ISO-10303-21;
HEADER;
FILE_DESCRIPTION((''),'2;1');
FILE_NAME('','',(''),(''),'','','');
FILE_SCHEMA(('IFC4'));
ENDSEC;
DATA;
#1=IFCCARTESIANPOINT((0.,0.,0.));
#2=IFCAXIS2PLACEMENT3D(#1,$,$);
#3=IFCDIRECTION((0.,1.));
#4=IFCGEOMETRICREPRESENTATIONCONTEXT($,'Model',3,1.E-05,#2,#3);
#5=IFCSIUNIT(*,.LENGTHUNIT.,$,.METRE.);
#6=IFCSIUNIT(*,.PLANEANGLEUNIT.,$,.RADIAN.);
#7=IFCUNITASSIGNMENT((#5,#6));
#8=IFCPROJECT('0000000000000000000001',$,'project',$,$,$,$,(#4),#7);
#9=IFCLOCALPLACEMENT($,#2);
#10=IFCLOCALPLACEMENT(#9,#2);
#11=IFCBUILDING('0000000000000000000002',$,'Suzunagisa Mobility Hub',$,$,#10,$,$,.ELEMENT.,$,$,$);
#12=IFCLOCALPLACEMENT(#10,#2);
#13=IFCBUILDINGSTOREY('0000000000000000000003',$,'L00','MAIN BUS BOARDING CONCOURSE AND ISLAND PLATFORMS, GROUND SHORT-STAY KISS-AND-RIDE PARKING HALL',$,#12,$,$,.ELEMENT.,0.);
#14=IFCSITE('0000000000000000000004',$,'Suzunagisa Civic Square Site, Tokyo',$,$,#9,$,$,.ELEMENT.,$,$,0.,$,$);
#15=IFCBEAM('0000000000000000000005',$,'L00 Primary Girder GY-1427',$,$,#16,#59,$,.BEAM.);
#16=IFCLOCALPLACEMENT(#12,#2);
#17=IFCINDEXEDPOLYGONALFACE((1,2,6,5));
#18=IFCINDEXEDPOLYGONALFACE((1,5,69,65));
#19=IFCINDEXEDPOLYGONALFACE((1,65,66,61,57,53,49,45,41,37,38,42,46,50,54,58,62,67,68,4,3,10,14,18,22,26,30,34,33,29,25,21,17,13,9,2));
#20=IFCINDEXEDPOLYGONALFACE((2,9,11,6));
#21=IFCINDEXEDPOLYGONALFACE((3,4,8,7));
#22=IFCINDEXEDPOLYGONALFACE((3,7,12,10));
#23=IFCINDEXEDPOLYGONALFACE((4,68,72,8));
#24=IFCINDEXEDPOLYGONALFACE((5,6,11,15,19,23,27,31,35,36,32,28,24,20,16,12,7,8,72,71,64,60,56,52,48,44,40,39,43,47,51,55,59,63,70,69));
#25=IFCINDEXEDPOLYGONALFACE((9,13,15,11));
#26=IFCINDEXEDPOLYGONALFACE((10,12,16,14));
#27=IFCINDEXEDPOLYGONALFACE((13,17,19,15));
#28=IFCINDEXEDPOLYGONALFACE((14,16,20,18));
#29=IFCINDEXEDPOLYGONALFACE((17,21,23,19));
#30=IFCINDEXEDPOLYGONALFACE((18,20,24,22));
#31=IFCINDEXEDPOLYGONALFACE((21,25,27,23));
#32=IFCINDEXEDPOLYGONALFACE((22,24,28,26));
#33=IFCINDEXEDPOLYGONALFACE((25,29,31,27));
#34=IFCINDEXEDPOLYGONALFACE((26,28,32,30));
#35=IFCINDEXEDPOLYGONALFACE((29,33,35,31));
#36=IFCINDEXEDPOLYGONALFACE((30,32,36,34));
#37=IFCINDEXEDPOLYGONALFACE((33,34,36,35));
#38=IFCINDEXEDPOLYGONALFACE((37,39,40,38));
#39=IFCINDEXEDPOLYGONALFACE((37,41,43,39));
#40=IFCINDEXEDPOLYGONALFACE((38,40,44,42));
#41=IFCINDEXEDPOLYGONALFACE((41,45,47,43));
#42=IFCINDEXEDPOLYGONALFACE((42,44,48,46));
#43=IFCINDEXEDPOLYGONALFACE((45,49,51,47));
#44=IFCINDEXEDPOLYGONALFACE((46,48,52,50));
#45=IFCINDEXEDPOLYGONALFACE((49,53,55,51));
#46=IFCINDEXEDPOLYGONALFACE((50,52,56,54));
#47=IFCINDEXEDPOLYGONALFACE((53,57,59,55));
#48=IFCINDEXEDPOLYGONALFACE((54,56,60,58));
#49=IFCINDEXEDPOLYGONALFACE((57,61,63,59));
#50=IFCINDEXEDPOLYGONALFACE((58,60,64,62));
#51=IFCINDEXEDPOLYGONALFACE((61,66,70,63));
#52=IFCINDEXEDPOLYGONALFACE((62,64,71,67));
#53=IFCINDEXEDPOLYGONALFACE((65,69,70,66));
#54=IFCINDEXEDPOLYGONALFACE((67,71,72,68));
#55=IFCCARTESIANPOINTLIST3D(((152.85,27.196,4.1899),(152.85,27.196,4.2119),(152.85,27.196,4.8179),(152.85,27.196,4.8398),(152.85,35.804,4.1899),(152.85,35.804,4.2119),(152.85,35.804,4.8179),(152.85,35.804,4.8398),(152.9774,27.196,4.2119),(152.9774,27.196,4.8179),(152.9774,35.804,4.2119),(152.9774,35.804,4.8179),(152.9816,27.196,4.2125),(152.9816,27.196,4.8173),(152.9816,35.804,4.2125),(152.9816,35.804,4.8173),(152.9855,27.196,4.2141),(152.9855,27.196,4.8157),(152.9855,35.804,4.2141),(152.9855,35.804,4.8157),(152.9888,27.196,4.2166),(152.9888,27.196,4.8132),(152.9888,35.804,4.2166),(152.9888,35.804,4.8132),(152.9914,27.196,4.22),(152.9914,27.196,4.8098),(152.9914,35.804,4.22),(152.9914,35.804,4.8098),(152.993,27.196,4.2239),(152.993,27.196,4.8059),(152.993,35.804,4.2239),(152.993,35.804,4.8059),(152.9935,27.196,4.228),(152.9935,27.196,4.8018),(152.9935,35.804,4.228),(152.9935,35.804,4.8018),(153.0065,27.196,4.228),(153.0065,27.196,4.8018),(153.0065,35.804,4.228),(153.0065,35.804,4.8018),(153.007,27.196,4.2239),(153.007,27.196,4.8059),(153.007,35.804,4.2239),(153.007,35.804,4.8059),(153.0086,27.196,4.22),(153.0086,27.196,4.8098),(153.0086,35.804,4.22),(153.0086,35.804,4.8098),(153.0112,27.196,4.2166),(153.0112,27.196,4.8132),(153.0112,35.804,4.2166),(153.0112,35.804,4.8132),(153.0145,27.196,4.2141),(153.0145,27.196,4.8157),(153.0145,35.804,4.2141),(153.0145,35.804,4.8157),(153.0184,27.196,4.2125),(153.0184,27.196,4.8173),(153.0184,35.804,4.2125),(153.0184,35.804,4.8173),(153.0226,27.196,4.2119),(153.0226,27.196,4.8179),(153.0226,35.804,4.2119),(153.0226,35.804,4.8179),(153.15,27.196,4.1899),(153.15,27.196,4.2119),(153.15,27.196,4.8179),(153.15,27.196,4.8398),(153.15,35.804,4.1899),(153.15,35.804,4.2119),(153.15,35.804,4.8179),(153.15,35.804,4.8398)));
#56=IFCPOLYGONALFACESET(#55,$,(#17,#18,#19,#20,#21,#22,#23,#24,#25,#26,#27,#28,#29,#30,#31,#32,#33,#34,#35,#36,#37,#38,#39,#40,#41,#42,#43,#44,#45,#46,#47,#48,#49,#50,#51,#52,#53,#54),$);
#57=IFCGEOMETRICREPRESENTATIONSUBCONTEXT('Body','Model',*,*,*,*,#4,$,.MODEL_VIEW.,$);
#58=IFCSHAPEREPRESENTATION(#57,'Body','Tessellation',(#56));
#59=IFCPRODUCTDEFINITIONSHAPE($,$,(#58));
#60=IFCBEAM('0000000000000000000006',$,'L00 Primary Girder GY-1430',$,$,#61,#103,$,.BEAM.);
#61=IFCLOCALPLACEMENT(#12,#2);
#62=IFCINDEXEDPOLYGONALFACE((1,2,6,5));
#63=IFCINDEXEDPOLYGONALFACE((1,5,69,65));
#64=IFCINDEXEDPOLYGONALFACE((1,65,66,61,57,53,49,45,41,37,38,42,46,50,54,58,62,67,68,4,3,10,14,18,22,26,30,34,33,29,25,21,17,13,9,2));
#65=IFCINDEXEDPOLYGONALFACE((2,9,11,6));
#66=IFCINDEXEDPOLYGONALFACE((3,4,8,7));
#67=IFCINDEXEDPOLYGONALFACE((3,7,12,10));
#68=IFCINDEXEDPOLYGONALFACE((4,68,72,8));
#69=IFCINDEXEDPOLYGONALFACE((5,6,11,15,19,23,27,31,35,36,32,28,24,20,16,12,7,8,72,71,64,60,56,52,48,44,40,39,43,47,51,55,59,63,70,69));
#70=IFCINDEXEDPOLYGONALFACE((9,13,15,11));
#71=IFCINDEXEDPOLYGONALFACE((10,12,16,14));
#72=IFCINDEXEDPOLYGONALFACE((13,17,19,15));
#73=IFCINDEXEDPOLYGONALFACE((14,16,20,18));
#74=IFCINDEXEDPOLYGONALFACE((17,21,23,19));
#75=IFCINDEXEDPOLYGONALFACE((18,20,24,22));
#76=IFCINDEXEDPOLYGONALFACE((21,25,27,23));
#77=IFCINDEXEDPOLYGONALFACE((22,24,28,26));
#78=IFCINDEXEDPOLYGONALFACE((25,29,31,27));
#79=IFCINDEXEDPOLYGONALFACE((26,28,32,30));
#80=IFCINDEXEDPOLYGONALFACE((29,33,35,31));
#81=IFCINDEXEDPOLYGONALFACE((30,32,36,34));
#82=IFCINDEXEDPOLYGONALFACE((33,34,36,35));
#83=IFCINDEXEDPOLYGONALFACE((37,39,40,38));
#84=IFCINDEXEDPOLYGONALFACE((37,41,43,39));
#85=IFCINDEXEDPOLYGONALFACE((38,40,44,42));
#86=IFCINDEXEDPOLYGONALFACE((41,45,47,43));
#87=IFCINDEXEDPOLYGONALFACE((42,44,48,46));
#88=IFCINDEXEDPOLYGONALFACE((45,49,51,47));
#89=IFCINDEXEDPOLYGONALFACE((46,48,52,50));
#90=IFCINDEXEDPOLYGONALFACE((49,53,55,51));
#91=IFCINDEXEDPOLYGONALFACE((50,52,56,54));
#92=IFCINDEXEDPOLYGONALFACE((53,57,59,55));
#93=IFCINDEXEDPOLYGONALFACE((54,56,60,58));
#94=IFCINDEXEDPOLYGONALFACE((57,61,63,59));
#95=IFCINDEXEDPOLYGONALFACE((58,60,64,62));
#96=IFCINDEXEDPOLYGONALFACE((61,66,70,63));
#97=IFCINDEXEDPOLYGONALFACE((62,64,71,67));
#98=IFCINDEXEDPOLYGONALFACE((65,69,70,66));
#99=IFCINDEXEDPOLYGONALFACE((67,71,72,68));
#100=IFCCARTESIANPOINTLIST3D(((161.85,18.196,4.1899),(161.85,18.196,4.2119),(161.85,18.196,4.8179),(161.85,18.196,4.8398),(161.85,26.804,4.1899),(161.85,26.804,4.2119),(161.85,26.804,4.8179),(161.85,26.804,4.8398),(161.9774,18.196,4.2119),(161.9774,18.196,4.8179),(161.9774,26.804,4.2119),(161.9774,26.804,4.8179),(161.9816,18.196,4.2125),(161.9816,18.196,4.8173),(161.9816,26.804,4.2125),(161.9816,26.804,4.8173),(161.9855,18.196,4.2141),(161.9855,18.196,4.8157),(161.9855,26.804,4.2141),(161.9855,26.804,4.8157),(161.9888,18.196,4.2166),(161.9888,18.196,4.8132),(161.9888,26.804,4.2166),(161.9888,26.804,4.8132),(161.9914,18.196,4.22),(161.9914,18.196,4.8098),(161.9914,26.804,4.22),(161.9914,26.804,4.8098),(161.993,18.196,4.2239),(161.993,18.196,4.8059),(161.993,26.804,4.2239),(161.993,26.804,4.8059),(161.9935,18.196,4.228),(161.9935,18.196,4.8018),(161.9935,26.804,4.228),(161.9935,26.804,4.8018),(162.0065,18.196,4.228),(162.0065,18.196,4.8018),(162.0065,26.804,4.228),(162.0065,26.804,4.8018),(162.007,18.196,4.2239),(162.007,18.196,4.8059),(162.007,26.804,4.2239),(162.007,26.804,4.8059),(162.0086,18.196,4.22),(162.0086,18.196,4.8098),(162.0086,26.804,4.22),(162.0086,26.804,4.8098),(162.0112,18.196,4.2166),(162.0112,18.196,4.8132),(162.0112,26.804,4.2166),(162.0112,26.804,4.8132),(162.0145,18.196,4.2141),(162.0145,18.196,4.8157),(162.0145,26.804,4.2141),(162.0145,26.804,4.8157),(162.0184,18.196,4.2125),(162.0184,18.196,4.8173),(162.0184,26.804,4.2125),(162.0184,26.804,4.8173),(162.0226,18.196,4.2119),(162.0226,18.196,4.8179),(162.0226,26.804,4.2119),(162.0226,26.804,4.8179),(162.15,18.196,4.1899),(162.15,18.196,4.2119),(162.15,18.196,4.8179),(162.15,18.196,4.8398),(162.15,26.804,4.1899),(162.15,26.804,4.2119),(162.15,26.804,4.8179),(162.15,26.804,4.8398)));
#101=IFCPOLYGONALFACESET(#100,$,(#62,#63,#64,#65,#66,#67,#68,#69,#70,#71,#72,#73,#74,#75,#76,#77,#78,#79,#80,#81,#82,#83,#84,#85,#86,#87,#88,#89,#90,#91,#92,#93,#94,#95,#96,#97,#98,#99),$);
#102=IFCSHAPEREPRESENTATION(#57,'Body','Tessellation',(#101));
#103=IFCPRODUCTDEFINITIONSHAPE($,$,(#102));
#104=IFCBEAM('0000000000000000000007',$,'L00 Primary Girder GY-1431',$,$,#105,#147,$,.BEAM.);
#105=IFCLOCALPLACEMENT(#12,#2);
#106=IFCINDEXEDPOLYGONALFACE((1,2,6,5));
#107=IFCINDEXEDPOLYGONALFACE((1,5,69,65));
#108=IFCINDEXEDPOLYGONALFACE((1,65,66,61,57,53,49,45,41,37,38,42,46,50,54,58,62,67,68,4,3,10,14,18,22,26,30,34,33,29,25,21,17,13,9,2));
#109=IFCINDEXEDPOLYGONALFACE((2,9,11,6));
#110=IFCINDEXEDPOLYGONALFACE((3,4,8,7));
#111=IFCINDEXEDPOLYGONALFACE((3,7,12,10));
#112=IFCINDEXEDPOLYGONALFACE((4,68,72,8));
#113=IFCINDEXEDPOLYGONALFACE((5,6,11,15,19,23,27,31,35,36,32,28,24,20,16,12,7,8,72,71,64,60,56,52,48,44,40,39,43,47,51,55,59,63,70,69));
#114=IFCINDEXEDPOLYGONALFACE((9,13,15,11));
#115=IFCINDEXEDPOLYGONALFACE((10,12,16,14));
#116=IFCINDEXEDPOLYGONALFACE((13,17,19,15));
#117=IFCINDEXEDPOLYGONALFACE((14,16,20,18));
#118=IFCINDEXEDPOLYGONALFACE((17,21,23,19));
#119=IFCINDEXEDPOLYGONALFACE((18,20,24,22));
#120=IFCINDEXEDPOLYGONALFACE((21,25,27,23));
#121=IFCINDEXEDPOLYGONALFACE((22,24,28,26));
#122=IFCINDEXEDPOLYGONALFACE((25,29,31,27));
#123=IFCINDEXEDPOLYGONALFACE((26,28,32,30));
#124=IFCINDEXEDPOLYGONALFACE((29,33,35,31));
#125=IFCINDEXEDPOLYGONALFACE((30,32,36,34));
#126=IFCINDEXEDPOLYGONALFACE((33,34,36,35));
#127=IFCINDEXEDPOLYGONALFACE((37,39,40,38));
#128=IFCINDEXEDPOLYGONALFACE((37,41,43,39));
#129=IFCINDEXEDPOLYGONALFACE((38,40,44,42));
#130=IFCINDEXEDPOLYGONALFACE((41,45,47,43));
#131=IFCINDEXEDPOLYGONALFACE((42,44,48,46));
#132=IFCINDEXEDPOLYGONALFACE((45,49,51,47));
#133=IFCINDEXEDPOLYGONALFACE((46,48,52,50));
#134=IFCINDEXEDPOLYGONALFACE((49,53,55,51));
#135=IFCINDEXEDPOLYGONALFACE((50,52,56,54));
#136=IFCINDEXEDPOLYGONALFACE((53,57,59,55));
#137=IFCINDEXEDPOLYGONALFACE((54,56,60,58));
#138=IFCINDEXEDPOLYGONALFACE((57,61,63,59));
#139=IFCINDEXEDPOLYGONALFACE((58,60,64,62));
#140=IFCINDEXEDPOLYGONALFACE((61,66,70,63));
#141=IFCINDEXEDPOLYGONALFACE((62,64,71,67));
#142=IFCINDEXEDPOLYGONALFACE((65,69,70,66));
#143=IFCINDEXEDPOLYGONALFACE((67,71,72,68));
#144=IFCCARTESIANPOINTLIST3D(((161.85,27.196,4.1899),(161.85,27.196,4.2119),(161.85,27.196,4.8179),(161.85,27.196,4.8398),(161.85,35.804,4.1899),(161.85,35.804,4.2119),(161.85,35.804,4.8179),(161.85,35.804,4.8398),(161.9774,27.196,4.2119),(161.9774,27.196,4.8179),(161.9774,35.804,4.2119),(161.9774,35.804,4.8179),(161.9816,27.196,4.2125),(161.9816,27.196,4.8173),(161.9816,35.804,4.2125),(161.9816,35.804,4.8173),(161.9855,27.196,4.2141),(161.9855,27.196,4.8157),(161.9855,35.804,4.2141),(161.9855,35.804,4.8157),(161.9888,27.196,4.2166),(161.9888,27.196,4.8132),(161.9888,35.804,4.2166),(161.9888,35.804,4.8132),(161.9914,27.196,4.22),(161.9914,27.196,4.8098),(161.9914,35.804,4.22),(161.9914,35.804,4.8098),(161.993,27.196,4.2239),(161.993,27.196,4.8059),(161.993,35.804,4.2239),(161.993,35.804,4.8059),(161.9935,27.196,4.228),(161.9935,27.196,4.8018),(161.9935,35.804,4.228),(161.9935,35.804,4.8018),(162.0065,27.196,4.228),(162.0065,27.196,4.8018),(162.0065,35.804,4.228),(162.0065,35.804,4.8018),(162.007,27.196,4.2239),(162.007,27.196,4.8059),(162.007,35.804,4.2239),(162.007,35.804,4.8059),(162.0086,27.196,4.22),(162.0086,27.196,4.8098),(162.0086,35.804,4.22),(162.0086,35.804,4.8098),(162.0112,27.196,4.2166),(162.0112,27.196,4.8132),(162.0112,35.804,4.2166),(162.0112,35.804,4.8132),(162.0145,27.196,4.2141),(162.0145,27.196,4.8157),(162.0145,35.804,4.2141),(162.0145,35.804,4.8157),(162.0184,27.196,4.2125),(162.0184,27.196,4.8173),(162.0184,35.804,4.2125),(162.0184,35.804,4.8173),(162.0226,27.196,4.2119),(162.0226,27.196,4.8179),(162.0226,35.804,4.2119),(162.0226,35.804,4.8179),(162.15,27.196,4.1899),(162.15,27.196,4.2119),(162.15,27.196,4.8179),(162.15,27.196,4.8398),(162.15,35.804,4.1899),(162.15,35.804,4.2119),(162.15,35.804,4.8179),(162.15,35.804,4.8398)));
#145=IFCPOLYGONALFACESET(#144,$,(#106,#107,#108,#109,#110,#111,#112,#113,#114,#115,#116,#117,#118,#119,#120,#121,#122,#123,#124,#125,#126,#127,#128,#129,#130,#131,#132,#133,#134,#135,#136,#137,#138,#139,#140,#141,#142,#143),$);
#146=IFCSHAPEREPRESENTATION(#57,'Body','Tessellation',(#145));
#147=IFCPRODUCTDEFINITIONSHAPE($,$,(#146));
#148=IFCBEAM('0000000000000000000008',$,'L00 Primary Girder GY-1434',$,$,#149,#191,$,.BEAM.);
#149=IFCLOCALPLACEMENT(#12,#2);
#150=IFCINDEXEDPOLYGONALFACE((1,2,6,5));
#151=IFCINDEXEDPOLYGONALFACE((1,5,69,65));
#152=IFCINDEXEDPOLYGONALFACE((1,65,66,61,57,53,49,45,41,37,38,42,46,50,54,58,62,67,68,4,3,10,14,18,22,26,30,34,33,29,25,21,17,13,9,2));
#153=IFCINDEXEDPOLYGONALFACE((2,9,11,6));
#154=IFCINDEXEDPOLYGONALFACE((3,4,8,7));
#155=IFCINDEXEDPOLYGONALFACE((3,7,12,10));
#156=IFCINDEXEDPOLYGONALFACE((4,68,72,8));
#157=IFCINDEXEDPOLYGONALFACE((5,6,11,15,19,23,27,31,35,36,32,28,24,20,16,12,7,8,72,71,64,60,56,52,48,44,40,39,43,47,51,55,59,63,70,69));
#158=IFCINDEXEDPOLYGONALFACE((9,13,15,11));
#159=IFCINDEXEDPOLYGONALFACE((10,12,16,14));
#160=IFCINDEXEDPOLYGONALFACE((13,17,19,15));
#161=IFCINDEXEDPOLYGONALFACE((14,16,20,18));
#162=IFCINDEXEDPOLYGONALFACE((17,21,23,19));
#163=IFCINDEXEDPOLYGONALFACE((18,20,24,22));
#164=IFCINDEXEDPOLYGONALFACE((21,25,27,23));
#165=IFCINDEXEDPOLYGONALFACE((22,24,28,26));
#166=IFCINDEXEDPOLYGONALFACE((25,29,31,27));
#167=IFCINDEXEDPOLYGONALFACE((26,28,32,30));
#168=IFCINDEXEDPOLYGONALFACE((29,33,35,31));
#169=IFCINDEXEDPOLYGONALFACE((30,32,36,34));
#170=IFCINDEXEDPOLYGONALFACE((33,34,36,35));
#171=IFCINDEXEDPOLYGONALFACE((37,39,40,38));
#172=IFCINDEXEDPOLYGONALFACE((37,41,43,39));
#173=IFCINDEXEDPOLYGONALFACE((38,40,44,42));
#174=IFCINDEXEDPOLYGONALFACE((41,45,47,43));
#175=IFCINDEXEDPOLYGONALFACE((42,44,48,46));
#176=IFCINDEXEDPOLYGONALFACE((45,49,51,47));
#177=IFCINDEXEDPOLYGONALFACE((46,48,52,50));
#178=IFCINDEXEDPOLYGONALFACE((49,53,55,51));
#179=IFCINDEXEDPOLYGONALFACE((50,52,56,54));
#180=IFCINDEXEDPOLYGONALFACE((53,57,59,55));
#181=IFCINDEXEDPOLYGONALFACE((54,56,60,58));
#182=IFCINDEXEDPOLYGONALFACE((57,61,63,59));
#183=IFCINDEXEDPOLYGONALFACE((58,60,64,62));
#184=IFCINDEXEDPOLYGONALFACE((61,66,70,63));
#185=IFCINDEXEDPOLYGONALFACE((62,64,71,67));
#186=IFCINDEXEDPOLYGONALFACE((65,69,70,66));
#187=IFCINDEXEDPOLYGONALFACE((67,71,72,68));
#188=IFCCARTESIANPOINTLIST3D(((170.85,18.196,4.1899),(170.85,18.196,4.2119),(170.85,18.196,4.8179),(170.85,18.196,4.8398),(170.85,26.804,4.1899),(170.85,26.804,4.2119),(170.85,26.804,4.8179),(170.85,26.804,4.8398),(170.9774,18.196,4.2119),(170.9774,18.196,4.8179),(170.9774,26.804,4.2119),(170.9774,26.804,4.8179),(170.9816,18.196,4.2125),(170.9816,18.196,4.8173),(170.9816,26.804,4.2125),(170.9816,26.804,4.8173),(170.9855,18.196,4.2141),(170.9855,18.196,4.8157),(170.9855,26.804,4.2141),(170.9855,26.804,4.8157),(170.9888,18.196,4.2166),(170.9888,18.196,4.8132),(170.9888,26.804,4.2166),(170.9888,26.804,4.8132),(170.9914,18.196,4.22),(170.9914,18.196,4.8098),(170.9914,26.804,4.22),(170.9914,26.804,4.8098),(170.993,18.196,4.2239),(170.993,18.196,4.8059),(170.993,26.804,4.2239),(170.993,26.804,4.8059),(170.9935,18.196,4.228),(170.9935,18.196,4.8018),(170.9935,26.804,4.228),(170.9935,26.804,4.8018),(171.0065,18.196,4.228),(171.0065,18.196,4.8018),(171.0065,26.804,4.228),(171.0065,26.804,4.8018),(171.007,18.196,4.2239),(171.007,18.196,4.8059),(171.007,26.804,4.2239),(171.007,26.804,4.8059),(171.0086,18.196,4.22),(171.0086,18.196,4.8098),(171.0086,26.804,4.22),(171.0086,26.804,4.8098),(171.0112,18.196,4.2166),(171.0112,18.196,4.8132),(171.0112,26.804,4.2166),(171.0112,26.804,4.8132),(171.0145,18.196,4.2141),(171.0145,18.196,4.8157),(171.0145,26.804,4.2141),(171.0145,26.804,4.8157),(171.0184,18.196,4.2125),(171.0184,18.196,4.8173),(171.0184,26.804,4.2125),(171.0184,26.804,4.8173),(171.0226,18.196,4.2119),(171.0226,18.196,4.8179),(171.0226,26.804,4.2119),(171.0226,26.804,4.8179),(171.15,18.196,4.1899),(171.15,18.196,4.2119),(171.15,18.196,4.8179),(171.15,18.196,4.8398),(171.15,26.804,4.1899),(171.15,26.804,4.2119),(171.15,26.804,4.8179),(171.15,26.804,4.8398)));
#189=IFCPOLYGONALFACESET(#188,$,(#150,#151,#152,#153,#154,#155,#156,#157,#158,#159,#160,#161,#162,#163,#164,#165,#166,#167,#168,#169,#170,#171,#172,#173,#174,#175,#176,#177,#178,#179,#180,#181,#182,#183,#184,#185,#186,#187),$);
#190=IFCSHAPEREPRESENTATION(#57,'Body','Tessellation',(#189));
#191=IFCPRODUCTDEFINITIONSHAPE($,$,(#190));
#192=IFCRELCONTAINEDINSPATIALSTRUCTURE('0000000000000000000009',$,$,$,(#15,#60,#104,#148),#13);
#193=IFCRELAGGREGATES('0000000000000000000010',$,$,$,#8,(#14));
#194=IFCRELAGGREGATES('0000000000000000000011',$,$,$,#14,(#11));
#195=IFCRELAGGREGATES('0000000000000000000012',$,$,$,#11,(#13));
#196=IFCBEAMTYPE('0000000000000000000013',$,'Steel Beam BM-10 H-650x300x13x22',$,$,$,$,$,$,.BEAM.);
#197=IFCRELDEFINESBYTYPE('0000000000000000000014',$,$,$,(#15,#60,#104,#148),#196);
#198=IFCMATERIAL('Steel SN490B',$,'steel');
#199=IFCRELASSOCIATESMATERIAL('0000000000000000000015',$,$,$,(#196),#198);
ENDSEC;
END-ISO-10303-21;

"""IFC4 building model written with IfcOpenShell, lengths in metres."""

from ifc_helpers import new_model, si_unit, direction, frame, origin, origin_2d, place, context, subcontext, project, spatial, i_section, extrude, material, material_profile, profile_set, type_object, element, save


model = new_model("IFC4")

# Units and contexts
model_context = context("Model", 3, precision=1e-05, world=origin(), true_north=direction((0.0, 1.0)))
body_context = subcontext(model_context, "Body", "Model", "MODEL_VIEW")
ifc_project = project(units=[si_unit("LENGTHUNIT", "METRE"), si_unit("PLANEANGLEUNIT", "RADIAN")], contexts=[model_context])

# Site, building, storey
site_placement = place(None, origin())
site = spatial("IfcSite", under=ifc_project, at=site_placement, Name="Suzunagisa Civic Square Site, Tokyo", CompositionType="ELEMENT", RefElevation=0.0)
building_placement = place(site_placement, origin())
building = spatial("IfcBuilding", under=site, at=building_placement, Name="Suzunagisa Mobility Hub", CompositionType="ELEMENT")
storey_placement = place(building_placement, origin())
storey = spatial("IfcBuildingStorey", under=building, at=storey_placement, Name="L00", Description="MAIN BUS BOARDING CONCOURSE AND ISLAND PLATFORMS, GROUND SHORT-STAY KISS-AND-RIDE PARKING HALL", CompositionType="ELEMENT", Elevation=0.0)

# Shared definitions
ifc_material_1 = material(Name="Steel SN490B", Category="steel")

# Beams
ifc_material_profile_1 = material_profile(ifc_material_1, i_section(OverallWidth=0.3, OverallDepth=0.6499, WebThickness=0.0129, FlangeThickness=0.022, FilletRadius=0.0161, at=origin_2d()), Name="H-650x300x13x22")
ifc_profile_set_1 = profile_set([ifc_material_profile_1], Name="Steel SN490B")
beam_type_1 = type_object("IfcBeamType", Name="Steel Beam BM-10 H-650x300x13x22", PredefinedType="BEAM", material=ifc_profile_set_1)
for number, where, z_axis, x_axis, name in (
    (1, (153.0, 27.196, 4.5149), (0.0, 1.0, 0.0), (-1.0, 0.0, 0.0), "L00 Primary Girder GY-1427"),
    (2, (162.0, 18.196, 4.5149), (0.0, 1.0, 0.0), (-1.0, 0.0, 0.0), "L00 Primary Girder GY-1430"),
    (3, (162.0, 27.196, 4.5149), (0.0, 1.0, 0.0), (-1.0, 0.0, 0.0), "L00 Primary Girder GY-1431"),
    (4, (171.0, 18.196, 4.5149), (0.0, 1.0, 0.0), (-1.0, 0.0, 0.0), "L00 Primary Girder GY-1434"),
):
    element("IfcBeam", number, at=place(storey_placement, frame(where, z_axis=z_axis, x_axis=x_axis)), inside=storey, type_object=beam_type_1, Name=name, PredefinedType="BEAM", context=body_context, shape_type="SweptSolid", body=[
        extrude(i_section(OverallWidth=0.3, OverallDepth=0.6499, WebThickness=0.0129, FlangeThickness=0.022, FilletRadius=0.0161, at=origin_2d()), origin(), (0.0, 0.0, 1.0), 8.6079),
    ])

save(model, "model.ifc")
